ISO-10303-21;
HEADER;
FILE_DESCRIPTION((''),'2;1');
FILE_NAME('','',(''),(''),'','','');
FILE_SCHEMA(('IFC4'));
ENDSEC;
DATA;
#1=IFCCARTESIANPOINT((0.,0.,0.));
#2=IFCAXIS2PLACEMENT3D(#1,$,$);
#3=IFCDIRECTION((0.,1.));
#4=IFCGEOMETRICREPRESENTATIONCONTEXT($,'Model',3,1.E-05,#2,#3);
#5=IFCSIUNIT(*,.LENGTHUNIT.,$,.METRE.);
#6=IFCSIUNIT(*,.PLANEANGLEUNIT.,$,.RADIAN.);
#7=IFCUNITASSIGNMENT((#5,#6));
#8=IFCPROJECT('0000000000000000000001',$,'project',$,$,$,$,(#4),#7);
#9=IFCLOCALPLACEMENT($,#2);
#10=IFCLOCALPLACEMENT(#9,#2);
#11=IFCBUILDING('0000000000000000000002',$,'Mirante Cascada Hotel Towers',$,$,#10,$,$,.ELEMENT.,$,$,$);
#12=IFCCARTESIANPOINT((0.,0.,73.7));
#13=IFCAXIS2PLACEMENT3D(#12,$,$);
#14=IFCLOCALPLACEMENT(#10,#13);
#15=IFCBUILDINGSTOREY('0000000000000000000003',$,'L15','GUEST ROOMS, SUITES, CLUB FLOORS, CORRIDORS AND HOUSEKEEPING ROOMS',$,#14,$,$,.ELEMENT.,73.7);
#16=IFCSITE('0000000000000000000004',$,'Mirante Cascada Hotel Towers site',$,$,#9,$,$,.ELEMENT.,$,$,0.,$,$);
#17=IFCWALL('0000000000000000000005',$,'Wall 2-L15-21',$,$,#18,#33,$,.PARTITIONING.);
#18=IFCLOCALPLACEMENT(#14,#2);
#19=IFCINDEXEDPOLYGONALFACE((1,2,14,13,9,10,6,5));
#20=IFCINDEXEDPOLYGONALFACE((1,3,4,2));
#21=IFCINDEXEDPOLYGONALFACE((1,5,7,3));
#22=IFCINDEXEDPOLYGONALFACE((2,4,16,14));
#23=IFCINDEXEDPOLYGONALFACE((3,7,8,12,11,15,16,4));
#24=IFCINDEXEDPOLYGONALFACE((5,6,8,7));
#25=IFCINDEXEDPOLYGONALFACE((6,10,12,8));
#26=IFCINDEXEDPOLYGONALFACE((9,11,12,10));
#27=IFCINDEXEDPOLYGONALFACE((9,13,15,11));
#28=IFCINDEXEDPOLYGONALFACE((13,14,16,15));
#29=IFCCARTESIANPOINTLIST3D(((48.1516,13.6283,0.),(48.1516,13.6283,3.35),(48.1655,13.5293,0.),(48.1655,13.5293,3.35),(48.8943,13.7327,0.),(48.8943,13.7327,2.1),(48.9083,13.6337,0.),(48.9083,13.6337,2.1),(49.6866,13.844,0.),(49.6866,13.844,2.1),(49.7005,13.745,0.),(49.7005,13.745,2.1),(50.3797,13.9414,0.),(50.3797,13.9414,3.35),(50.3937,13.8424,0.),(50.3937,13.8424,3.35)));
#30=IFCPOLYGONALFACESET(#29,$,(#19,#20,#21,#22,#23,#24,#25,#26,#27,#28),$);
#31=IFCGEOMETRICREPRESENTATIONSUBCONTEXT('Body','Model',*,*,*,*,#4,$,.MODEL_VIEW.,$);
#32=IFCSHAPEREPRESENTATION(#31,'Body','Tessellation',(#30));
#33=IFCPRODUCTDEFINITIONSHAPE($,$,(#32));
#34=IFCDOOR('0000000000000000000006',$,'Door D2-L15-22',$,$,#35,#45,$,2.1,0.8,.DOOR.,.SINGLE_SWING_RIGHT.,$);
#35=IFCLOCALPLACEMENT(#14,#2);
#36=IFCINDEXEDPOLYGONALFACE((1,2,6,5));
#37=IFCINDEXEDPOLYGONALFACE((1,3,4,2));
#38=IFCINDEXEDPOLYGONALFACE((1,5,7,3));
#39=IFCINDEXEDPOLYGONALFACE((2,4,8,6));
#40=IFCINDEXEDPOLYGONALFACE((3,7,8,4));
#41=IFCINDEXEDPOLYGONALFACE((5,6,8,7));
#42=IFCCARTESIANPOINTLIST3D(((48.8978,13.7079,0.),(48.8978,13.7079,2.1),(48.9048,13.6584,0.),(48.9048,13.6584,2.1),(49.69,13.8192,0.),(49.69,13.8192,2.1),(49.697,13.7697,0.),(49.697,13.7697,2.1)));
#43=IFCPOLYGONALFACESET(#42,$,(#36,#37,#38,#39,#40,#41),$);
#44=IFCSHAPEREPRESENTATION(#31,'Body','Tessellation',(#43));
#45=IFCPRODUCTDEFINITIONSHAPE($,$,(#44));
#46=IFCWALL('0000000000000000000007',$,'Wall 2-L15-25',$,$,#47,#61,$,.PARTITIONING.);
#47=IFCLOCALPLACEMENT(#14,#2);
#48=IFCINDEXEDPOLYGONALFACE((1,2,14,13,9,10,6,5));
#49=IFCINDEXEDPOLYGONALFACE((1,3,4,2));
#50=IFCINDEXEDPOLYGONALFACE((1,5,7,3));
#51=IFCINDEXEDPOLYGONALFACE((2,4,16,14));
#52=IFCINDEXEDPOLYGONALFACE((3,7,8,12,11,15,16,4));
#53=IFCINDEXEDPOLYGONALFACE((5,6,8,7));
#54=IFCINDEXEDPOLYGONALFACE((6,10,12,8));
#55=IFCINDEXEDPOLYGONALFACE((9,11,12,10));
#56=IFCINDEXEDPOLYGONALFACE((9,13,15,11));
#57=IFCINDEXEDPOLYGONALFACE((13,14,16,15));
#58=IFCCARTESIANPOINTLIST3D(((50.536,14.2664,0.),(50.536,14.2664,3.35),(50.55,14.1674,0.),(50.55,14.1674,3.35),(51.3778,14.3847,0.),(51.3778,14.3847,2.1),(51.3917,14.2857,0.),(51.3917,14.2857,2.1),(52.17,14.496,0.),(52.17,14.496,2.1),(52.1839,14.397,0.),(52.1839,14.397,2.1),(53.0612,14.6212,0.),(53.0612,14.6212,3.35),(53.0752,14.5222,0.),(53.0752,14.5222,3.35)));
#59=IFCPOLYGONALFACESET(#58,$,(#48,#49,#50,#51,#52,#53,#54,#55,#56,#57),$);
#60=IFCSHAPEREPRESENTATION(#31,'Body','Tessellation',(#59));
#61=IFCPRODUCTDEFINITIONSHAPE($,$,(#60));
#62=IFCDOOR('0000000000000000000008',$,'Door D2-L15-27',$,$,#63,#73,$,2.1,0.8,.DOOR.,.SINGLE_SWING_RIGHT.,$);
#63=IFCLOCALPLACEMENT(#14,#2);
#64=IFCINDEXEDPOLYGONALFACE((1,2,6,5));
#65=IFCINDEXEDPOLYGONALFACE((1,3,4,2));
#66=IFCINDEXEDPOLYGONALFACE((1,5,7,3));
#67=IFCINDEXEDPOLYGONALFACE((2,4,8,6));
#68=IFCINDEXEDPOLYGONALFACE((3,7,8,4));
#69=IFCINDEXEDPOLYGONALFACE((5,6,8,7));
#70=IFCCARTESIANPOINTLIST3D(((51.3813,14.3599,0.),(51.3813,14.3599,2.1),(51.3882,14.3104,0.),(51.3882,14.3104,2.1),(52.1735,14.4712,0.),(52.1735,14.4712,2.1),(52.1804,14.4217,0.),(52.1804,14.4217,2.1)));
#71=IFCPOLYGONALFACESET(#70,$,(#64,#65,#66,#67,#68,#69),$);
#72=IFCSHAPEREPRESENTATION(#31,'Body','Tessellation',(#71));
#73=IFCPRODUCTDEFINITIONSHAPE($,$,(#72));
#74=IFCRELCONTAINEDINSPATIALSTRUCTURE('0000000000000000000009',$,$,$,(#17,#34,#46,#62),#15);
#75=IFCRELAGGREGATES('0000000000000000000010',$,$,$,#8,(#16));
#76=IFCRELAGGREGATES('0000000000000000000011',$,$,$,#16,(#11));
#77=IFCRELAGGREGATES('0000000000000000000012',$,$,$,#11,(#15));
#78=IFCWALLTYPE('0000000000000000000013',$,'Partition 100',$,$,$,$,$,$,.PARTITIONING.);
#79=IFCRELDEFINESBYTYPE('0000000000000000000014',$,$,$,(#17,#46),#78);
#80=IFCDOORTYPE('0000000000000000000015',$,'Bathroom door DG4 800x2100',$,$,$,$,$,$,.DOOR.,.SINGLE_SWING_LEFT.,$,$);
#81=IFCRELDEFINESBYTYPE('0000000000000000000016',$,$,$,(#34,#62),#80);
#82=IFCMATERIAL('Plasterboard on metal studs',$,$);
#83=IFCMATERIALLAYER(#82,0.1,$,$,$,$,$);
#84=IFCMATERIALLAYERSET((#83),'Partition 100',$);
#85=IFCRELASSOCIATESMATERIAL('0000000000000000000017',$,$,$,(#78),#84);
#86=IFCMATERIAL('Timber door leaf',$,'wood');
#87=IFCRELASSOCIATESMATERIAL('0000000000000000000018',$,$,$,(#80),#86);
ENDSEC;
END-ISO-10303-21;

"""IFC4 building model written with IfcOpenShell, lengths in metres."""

from ifc_helpers import new_model, si_unit, direction, frame, frame_2d, origin, place, context, subcontext, project, spatial, rectangle, extrude, material, layer, layer_set, type_object, element, fill, save


model = new_model("IFC4")

# Units and contexts
model_context = context("Model", 3, precision=1e-05, world=origin(), true_north=direction((0.0, 1.0)))
body_context = subcontext(model_context, "Body", "Model", "MODEL_VIEW")
ifc_project = project(units=[si_unit("LENGTHUNIT", "METRE"), si_unit("PLANEANGLEUNIT", "RADIAN")], contexts=[model_context])

# Site, building, storey
site_placement = place(None, origin())
site = spatial("IfcSite", under=ifc_project, at=site_placement, Name="Mirante Cascada Hotel Towers site", CompositionType="ELEMENT", RefElevation=0.0)
building_placement = place(site_placement, origin())
building = spatial("IfcBuilding", under=site, at=building_placement, Name="Mirante Cascada Hotel Towers", CompositionType="ELEMENT")
storey_placement = place(building_placement, frame((0.0, 0.0, 73.7)))
storey = spatial("IfcBuildingStorey", under=building, at=storey_placement, Name="L15", Description="GUEST ROOMS, SUITES, CLUB FLOORS, CORRIDORS AND HOUSEKEEPING ROOMS", CompositionType="ELEMENT", Elevation=73.7)

# Walls, openings, doors
ifc_material_1 = material(Name="Plasterboard on metal studs")
ifc_layer_1 = layer(ifc_material_1, 0.1)
ifc_layer_set_1 = layer_set([ifc_layer_1], Name="Partition 100")
wall_type_1 = type_object("IfcWallType", Name="Partition 100", PredefinedType="PARTITIONING", material=ifc_layer_set_1)
wall_1_placement = place(storey_placement, frame((50.3867, 13.8919, 0.0), z_axis=(0.0, 0.0, 1.0), x_axis=(-0.990271, -0.139156, 0.0)))
wall_1 = element("IfcWall", 1, at=wall_1_placement, inside=storey, type_object=wall_type_1, Name="Wall 2-L15-21", PredefinedType="PARTITIONING", context=body_context, shape_type="SweptSolid", body=[
    extrude(rectangle(XDim=2.25, YDim=0.1, at=frame_2d((1.125, 0.0))), origin(), (0.0, 0.0, 1.0), 3.35),
])
opening_1_placement = place(wall_1_placement, frame((0.7, 0.0, 0.0)))
opening_1 = element("IfcOpeningElement", 2, at=opening_1_placement, cuts=wall_1, PredefinedType="OPENING", context=body_context, shape_type="SweptSolid", body=[
    extrude(rectangle(XDim=0.8, YDim=2.1, at=frame_2d((0.4, 1.05))), frame((0.0, 0.05, 0.0), z_axis=(0.0, -1.0, 0.0), x_axis=(1.0, 0.0, 0.0)), (0.0, 0.0, 1.0), 0.1),
])
ifc_material_2 = material(Name="Timber door leaf", Category="wood")
door_type = type_object("IfcDoorType", Name="Bathroom door DG4 800x2100", OperationType="SINGLE_SWING_LEFT", PredefinedType="DOOR", material=ifc_material_2)
door_1_placement = place(opening_1_placement, frame((0.8, 0.0, 0.0), z_axis=(0.0, 0.0, 1.0), x_axis=(-1.0, 0.0, 0.0)))
door_1 = element("IfcDoor", 3, at=door_1_placement, inside=storey, type_object=door_type, Name="Door D2-L15-22", OperationType="SINGLE_SWING_RIGHT", OverallHeight=2.1, OverallWidth=0.8, PredefinedType="DOOR", context=body_context, shape_type="SweptSolid", body=[
    extrude(rectangle(XDim=0.8, YDim=2.1, at=frame_2d((0.4, 1.05))), frame((0.0, 0.025, 0.0), z_axis=(0.0, -1.0, 0.0), x_axis=(1.0, 0.0, 0.0)), (0.0, 0.0, 1.0), 0.05),
])
fill(opening_1, door_1)
wall_2_placement = place(storey_placement, frame((53.0682, 14.5717, 0.0), z_axis=(0.0, 0.0, 1.0), x_axis=(-0.990273, -0.139137, 0.0)))
wall_2 = element("IfcWall", 4, at=wall_2_placement, inside=storey, type_object=wall_type_1, Name="Wall 2-L15-25", PredefinedType="PARTITIONING", context=body_context, shape_type="SweptSolid", body=[
    extrude(rectangle(XDim=2.55, YDim=0.1, at=frame_2d((1.275, 0.0))), origin(), (0.0, 0.0, 1.0), 3.35),
])
opening_2_placement = place(wall_2_placement, frame((0.9, 0.0, 0.0)))
opening_2 = element("IfcOpeningElement", 5, at=opening_2_placement, cuts=wall_2, PredefinedType="OPENING", context=body_context, shape_type="SweptSolid", body=[
    extrude(rectangle(XDim=0.8, YDim=2.1, at=frame_2d((0.4, 1.05))), frame((0.0, 0.05, 0.0), z_axis=(0.0, -1.0, 0.0), x_axis=(1.0, 0.0, 0.0)), (0.0, 0.0, 1.0), 0.1),
])
door_2_placement = place(opening_2_placement, frame((0.8, 0.0, 0.0), z_axis=(0.0, 0.0, 1.0), x_axis=(-1.0, 0.0, 0.0)))
door_2 = element("IfcDoor", 6, at=door_2_placement, inside=storey, type_object=door_type, Name="Door D2-L15-27", OperationType="SINGLE_SWING_RIGHT", OverallHeight=2.1, OverallWidth=0.8, PredefinedType="DOOR", context=body_context, shape_type="SweptSolid", body=[
    extrude(rectangle(XDim=0.8, YDim=2.1, at=frame_2d((0.4, 1.05))), frame((0.0, 0.025, 0.0), z_axis=(0.0, -1.0, 0.0), x_axis=(1.0, 0.0, 0.0)), (0.0, 0.0, 1.0), 0.05),
])
fill(opening_2, door_2)

save(model, "model.ifc")
